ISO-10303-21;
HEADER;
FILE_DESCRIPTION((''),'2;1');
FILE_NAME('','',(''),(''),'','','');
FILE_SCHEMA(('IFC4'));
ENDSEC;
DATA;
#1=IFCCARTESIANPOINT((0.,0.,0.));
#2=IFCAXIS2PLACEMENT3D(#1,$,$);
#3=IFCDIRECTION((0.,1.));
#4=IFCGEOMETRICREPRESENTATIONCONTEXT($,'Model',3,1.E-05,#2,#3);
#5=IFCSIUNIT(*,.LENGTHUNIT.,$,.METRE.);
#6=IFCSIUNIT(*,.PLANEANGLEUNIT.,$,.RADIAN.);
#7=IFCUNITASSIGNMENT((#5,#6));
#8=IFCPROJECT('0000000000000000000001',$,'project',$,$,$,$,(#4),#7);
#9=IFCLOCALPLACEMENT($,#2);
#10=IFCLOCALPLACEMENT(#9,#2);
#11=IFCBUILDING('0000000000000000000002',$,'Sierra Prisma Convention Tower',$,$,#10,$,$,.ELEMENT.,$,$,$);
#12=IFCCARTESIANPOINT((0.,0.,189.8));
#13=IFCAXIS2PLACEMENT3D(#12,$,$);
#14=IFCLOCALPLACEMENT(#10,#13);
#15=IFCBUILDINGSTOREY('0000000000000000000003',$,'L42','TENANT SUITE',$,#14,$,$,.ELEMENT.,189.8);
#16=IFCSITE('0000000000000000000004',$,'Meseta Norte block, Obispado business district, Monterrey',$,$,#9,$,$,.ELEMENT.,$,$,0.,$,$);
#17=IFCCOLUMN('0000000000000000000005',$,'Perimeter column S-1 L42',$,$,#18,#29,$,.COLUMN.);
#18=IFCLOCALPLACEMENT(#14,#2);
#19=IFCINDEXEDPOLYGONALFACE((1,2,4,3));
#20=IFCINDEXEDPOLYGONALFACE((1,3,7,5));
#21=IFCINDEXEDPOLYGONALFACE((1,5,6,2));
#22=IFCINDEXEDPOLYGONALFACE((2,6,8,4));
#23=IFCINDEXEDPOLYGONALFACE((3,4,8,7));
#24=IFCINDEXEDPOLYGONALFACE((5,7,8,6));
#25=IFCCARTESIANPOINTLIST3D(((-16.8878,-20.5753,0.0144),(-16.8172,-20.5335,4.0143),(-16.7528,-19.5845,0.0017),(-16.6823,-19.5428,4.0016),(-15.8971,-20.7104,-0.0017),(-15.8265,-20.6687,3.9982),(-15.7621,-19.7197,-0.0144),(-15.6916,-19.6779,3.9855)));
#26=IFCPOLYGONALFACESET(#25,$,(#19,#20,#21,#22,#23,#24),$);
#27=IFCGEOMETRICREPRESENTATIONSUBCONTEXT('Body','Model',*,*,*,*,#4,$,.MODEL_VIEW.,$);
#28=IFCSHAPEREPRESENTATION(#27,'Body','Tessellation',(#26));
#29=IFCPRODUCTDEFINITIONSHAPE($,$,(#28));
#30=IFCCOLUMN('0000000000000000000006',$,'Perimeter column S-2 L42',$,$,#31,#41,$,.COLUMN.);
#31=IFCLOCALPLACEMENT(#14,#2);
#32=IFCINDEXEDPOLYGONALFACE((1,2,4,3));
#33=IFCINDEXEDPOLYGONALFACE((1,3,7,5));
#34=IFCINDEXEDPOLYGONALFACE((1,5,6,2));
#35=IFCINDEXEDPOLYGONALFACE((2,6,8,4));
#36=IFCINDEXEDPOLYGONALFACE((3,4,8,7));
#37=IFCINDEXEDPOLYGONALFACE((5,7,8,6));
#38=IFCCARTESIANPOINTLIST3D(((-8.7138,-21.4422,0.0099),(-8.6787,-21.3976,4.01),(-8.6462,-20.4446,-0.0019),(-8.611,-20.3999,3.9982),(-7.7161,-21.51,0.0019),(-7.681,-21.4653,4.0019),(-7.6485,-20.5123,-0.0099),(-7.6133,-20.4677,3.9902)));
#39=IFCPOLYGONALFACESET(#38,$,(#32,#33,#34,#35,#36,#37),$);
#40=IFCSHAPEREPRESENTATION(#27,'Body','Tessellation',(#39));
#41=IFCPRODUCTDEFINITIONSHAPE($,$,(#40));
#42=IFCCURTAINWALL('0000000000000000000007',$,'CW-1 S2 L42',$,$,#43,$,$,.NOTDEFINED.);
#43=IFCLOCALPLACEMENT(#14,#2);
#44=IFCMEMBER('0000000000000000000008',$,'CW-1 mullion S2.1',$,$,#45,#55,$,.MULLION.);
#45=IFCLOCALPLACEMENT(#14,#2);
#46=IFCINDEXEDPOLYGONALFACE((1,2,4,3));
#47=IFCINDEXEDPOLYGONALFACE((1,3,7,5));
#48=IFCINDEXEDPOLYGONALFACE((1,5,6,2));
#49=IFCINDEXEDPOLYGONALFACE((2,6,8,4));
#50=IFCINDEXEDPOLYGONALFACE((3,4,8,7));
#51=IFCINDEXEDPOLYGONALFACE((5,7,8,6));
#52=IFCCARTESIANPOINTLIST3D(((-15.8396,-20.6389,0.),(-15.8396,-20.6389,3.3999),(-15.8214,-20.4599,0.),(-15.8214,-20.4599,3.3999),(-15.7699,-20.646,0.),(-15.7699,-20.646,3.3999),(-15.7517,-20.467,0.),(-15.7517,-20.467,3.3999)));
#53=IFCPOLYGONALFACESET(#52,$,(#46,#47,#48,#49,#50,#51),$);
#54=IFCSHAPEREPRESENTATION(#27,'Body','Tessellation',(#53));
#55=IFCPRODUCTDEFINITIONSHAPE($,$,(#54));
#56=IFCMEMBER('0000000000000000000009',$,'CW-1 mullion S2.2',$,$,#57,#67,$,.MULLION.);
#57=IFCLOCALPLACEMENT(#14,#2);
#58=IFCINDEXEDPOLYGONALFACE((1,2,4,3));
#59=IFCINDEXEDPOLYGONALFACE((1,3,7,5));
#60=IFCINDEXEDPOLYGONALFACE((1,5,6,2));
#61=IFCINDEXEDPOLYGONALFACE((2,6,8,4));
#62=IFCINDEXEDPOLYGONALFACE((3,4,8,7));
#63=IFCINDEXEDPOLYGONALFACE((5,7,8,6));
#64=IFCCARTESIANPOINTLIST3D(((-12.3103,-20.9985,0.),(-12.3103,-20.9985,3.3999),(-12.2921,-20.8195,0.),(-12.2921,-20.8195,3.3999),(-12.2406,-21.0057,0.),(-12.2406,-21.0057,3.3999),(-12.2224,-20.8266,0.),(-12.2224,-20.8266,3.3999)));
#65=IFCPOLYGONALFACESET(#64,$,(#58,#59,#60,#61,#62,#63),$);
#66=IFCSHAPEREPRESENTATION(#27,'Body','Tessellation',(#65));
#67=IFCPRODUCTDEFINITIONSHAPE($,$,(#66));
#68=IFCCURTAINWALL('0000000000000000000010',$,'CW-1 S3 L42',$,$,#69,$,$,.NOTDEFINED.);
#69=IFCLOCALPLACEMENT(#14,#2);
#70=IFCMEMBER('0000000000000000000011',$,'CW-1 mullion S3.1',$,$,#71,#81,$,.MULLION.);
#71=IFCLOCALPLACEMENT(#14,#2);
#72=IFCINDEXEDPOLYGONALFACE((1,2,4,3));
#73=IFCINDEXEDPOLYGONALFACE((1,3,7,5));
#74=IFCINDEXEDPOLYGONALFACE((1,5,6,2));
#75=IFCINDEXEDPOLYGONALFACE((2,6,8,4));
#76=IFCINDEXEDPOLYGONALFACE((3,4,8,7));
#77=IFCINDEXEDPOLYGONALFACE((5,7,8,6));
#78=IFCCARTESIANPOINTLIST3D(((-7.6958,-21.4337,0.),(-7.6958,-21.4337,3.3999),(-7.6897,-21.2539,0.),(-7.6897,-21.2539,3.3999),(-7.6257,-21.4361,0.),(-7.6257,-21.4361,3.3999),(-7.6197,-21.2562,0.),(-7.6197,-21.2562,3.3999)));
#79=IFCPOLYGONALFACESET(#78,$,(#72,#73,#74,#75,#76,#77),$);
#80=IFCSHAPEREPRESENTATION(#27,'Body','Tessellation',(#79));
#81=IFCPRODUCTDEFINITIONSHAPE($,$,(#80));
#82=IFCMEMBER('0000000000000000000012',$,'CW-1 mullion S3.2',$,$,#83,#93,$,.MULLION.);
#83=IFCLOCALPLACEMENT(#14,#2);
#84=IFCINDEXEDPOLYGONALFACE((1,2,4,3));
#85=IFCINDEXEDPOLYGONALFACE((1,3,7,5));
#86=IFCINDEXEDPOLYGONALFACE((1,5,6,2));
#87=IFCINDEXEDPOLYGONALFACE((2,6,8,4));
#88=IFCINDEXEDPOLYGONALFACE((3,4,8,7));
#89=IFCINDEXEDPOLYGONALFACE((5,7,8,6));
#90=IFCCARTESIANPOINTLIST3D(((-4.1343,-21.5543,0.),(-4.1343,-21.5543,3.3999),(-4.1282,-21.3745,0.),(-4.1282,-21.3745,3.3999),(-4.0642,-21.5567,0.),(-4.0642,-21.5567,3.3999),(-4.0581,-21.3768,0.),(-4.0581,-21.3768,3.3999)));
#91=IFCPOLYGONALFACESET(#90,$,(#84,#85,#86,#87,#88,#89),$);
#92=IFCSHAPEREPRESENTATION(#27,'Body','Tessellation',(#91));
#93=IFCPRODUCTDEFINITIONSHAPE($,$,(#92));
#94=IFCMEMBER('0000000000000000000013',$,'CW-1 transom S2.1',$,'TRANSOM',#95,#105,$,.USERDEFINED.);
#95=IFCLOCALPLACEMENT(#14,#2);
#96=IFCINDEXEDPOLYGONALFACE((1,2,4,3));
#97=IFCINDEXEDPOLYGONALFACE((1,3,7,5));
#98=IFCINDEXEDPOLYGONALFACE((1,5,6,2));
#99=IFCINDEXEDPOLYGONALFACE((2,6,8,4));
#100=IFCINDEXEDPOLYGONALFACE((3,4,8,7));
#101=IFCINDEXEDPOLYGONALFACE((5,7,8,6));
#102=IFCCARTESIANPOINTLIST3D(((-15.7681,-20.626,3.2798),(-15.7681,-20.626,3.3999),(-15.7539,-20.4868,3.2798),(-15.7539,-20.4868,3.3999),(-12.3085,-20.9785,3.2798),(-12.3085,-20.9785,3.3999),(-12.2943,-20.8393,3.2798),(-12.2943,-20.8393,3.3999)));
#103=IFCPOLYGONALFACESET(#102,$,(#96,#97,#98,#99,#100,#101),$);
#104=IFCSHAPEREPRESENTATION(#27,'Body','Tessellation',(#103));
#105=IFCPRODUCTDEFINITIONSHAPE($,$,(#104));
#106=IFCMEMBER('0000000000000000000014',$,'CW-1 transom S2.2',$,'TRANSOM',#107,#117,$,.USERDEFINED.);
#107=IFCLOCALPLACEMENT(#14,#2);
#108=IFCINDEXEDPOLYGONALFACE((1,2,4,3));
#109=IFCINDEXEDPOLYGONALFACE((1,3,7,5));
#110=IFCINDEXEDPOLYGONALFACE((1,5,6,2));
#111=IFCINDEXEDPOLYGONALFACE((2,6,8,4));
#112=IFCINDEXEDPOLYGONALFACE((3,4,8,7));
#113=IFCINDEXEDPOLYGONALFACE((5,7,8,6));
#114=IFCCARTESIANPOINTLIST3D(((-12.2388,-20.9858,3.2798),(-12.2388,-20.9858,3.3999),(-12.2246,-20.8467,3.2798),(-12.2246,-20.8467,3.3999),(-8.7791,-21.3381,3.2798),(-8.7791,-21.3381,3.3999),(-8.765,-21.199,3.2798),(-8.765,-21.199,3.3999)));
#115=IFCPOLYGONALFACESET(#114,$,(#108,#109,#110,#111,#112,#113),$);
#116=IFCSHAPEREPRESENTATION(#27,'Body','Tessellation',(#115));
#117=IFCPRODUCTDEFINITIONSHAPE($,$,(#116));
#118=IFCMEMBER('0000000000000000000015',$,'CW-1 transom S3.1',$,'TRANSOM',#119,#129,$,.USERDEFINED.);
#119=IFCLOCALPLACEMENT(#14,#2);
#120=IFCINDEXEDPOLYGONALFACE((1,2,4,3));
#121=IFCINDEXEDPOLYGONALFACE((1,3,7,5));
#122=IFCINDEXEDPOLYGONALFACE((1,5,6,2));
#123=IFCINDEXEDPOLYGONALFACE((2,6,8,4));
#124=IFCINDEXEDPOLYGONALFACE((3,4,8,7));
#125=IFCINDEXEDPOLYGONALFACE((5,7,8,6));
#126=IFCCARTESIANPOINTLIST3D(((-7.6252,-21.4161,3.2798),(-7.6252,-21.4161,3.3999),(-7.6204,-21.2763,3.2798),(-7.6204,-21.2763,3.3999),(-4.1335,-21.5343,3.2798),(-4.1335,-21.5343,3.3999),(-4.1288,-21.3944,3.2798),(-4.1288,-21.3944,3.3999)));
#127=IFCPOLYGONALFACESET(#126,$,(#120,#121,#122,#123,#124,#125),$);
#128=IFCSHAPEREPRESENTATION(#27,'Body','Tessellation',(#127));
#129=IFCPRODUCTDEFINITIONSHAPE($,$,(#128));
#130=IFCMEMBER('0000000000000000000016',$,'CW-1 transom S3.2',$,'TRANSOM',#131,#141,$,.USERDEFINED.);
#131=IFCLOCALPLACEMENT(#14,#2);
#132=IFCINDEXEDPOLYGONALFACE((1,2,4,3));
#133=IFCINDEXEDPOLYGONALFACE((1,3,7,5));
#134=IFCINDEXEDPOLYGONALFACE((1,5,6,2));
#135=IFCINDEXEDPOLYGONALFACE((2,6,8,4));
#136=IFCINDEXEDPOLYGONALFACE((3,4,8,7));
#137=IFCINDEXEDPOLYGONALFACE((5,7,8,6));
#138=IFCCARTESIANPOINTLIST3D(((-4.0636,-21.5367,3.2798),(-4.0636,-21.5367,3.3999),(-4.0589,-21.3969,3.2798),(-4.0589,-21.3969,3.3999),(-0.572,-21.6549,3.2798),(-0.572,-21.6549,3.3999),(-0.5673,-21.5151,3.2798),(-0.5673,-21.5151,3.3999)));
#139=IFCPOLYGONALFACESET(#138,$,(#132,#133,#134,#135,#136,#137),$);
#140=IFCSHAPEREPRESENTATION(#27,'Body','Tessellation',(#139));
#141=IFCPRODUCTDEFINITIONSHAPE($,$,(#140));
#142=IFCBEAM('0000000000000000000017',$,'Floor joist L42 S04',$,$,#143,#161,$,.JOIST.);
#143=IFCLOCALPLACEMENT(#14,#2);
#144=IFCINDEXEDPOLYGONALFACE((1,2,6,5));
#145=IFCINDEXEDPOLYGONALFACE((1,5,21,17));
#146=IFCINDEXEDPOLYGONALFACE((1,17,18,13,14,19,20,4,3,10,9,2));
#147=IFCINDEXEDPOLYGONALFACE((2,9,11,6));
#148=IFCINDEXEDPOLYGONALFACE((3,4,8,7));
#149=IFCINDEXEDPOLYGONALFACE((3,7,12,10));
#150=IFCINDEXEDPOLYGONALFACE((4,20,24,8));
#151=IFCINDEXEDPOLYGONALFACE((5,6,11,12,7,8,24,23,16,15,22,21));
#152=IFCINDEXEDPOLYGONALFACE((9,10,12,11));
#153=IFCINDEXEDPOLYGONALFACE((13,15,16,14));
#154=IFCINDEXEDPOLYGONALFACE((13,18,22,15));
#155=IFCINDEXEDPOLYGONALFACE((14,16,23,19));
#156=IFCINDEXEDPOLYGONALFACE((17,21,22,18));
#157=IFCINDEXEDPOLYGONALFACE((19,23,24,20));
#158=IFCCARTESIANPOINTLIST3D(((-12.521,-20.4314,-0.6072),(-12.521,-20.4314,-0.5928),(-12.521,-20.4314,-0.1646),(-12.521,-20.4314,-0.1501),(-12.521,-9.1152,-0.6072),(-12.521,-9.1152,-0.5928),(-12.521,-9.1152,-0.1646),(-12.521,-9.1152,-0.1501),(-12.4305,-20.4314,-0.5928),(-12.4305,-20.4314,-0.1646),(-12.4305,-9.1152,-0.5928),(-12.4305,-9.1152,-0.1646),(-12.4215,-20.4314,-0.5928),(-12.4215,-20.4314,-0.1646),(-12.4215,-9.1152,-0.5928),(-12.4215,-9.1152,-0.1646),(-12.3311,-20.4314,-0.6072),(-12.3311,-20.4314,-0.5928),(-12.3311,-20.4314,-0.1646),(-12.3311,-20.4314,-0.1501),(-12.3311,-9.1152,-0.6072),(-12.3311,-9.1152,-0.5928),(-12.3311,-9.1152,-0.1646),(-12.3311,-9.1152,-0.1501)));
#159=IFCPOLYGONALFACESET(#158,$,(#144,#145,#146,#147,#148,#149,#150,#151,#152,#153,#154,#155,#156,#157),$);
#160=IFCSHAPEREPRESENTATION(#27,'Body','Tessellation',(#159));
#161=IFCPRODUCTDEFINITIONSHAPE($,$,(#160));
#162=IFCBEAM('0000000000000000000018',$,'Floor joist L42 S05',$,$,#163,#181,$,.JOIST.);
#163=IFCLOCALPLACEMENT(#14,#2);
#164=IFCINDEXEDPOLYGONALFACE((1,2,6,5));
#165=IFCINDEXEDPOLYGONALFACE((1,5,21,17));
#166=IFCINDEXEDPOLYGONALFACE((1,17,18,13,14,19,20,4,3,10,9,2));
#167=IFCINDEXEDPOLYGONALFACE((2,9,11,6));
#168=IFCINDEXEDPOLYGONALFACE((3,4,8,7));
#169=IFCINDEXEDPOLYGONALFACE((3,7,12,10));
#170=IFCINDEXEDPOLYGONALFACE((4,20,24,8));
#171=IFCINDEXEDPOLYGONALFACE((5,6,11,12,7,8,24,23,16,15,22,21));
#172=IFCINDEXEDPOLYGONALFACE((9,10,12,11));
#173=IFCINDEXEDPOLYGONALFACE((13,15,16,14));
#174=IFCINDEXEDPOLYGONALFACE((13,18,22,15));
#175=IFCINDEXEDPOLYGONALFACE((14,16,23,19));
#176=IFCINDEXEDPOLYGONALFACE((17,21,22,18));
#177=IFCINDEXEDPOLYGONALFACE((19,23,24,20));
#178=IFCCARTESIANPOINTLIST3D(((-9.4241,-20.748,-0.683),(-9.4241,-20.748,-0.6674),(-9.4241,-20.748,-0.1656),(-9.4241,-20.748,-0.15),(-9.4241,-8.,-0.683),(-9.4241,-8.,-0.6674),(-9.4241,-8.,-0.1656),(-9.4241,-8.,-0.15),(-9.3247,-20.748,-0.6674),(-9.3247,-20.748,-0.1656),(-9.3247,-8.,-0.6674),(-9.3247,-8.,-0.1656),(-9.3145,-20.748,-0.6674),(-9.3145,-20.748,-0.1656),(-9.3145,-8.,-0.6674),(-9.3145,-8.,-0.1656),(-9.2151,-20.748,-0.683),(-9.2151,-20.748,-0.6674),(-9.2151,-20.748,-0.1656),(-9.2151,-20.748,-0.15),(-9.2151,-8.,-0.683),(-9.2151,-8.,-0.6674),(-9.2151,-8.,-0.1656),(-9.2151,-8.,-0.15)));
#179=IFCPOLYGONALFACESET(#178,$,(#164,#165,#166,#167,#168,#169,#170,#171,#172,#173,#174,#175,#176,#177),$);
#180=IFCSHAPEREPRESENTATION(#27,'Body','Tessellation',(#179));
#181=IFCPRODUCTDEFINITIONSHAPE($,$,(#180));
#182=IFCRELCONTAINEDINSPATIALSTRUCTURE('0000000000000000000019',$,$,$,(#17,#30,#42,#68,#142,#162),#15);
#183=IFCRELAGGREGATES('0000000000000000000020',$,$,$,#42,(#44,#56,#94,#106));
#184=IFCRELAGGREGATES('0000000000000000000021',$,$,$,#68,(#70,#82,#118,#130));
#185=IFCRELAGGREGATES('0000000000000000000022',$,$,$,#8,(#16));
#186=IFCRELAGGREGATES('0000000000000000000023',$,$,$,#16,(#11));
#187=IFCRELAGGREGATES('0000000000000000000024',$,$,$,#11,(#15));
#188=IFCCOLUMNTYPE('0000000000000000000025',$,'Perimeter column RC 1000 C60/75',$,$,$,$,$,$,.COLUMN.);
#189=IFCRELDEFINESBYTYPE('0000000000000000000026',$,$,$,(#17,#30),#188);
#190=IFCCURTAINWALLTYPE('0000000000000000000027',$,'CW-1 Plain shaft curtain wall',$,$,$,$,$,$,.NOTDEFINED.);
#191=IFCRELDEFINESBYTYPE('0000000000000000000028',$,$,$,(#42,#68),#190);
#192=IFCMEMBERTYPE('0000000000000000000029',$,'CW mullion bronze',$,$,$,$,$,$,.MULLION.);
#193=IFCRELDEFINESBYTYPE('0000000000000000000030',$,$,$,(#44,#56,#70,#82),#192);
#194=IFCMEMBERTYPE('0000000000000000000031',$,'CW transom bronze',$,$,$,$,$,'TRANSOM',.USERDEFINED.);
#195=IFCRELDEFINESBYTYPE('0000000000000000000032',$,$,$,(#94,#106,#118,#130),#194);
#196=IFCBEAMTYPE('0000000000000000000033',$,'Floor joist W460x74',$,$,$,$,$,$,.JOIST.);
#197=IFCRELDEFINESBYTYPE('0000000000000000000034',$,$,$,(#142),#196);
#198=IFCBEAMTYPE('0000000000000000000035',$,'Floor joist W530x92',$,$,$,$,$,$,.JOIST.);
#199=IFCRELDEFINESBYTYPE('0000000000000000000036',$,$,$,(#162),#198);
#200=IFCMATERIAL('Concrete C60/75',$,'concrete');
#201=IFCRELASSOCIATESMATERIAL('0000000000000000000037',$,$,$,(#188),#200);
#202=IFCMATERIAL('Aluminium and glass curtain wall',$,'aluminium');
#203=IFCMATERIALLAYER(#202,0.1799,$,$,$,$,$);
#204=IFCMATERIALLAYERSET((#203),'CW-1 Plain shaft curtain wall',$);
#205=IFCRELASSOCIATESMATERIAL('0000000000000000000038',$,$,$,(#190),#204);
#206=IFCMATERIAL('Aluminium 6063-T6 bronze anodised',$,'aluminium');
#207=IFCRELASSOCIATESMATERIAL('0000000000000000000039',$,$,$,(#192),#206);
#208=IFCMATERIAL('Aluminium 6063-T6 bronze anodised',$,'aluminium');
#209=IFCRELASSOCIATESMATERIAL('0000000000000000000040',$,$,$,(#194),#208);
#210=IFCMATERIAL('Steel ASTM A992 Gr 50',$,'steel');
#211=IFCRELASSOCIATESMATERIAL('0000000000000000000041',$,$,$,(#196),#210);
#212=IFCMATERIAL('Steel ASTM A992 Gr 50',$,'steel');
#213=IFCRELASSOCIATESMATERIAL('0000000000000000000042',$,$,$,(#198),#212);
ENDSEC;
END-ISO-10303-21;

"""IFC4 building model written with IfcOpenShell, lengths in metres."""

from ifc_helpers import new_model, si_unit, direction, frame, origin, origin_2d, place, context, subcontext, project, spatial, rectangle, i_section, extrude, material, layer, layer_set, material_profile, profile_set, type_object, element, aggregate, save


model = new_model("IFC4")

# Units and contexts
model_context = context("Model", 3, precision=1e-05, world=origin(), true_north=direction((0.0, 1.0)))
body_context = subcontext(model_context, "Body", "Model", "MODEL_VIEW")
ifc_project = project(units=[si_unit("LENGTHUNIT", "METRE"), si_unit("PLANEANGLEUNIT", "RADIAN")], contexts=[model_context])

# Site, building, storey
site_placement = place(None, origin())
site = spatial("IfcSite", under=ifc_project, at=site_placement, Name="Meseta Norte block, Obispado business district, Monterrey", CompositionType="ELEMENT", RefElevation=0.0)
building_placement = place(site_placement, origin())
building = spatial("IfcBuilding", under=site, at=building_placement, Name="Sierra Prisma Convention Tower", CompositionType="ELEMENT")
storey_placement = place(building_placement, frame((0.0, 0.0, 189.8)))
storey = spatial("IfcBuildingStorey", under=building, at=storey_placement, Name="L42", Description="TENANT SUITE", CompositionType="ELEMENT", Elevation=189.8)

# Columns
ifc_material_1 = material(Name="Concrete C60/75", Category="concrete")
ifc_material_profile_1 = material_profile(ifc_material_1, rectangle(XDim=1.0, YDim=1.0, at=origin_2d()), Name="Perimeter column RC 1000 C60/75")
ifc_profile_set_1 = profile_set([ifc_material_profile_1], Name="Concrete C60/75")
column_type = type_object("IfcColumnType", Name="Perimeter column RC 1000 C60/75", PredefinedType="COLUMN", material=ifc_profile_set_1)
column_1_placement = place(storey_placement, frame((-16.325, -20.1475, 0.0), z_axis=(0.017635, 0.010435, 0.99979), x_axis=(-0.990694, 0.135157, 0.016064)))
element("IfcColumn", 1, at=column_1_placement, inside=storey, type_object=column_type, Name="Perimeter column S-1 L42", PredefinedType="COLUMN", context=body_context, shape_type="SweptSolid", body=[
    extrude(rectangle(XDim=1.0, YDim=1.0, at=origin_2d()), origin(), (0.0, 0.0, 1.0), 4.0007),
])
column_2_placement = place(storey_placement, frame((-8.1812, -20.9773, 0.0), z_axis=(0.008788, 0.011168, 0.999899), x_axis=(-0.997671, 0.06774, 0.008012)))
element("IfcColumn", 2, at=column_2_placement, inside=storey, type_object=column_type, Name="Perimeter column S-2 L42", PredefinedType="COLUMN", context=body_context, shape_type="SweptSolid", body=[
    extrude(rectangle(XDim=1.0, YDim=1.0, at=origin_2d()), origin(), (0.0, 0.0, 1.0), 4.0005),
])

# Curtain walls, members
ifc_material_2 = material(Name="Aluminium and glass curtain wall", Category="aluminium")
ifc_layer_1 = layer(ifc_material_2, 0.1799)
ifc_layer_set_1 = layer_set([ifc_layer_1], Name="CW-1 Plain shaft curtain wall")
curtain_wall_type = type_object("IfcCurtainWallType", Name="CW-1 Plain shaft curtain wall", PredefinedType="NOTDEFINED", material=ifc_layer_set_1)
curtain_wall_1_placement = place(storey_placement, origin())
curtain_wall_1 = element("IfcCurtainWall", 3, at=curtain_wall_1_placement, inside=storey, type_object=curtain_wall_type, Name="CW-1 S2 L42", PredefinedType="NOTDEFINED")
ifc_material_3 = material(Name="Aluminium 6063-T6 bronze anodised", Category="aluminium")
ifc_material_profile_2 = material_profile(ifc_material_3, rectangle(XDim=0.1799, YDim=0.0701, at=origin_2d()), Name="ALU MULLION 70x180")
ifc_profile_set_2 = profile_set([ifc_material_profile_2], Name="Aluminium 6063-T6 bronze anodised")
member_type_1 = type_object("IfcMemberType", Name="CW mullion bronze", PredefinedType="MULLION", material=ifc_profile_set_2)
member_1_placement = place(storey_placement, frame((-15.7957, -20.553, 0.0), z_axis=(0.0, 0.0, 1.0), x_axis=(0.101372, 0.994849, 0.0)))
member_1 = element("IfcMember", 4, at=member_1_placement, type_object=member_type_1, Name="CW-1 mullion S2.1", PredefinedType="MULLION", context=body_context, shape_type="SweptSolid", body=[
    extrude(rectangle(XDim=0.1799, YDim=0.0701, at=origin_2d()), origin(), (0.0, 0.0, 1.0), 3.3999),
])
member_2_placement = place(storey_placement, frame((-12.2664, -20.9126, 0.0), z_axis=(0.0, 0.0, 1.0), x_axis=(0.101372, 0.994849, 0.0)))
member_2 = element("IfcMember", 5, at=member_2_placement, type_object=member_type_1, Name="CW-1 mullion S2.2", PredefinedType="MULLION", context=body_context, shape_type="SweptSolid", body=[
    extrude(rectangle(XDim=0.1799, YDim=0.0701, at=origin_2d()), origin(), (0.0, 0.0, 1.0), 3.3999),
])
curtain_wall_2_placement = place(storey_placement, origin())
curtain_wall_2 = element("IfcCurtainWall", 6, at=curtain_wall_2_placement, inside=storey, type_object=curtain_wall_type, Name="CW-1 S3 L42", PredefinedType="NOTDEFINED")
member_3_placement = place(storey_placement, frame((-7.6577, -21.345, 0.0), z_axis=(0.0, 0.0, 1.0), x_axis=(0.033843, 0.999427, 0.0)))
member_3 = element("IfcMember", 7, at=member_3_placement, type_object=member_type_1, Name="CW-1 mullion S3.1", PredefinedType="MULLION", context=body_context, shape_type="SweptSolid", body=[
    extrude(rectangle(XDim=0.1799, YDim=0.0701, at=origin_2d()), origin(), (0.0, 0.0, 1.0), 3.3999),
])
member_4_placement = place(storey_placement, frame((-4.0962, -21.4656, 0.0), z_axis=(0.0, 0.0, 1.0), x_axis=(0.033843, 0.999427, 0.0)))
member_4 = element("IfcMember", 8, at=member_4_placement, type_object=member_type_1, Name="CW-1 mullion S3.2", PredefinedType="MULLION", context=body_context, shape_type="SweptSolid", body=[
    extrude(rectangle(XDim=0.1799, YDim=0.0701, at=origin_2d()), origin(), (0.0, 0.0, 1.0), 3.3999),
])

# Members
ifc_material_4 = material(Name="Aluminium 6063-T6 bronze anodised", Category="aluminium")
ifc_material_profile_3 = material_profile(ifc_material_4, rectangle(XDim=0.1399, YDim=0.1201, at=origin_2d()), Name="ALU TRANSOM 120x140")
ifc_profile_set_3 = profile_set([ifc_material_profile_3], Name="Aluminium 6063-T6 bronze anodised")
member_type_2 = type_object("IfcMemberType", Name="CW transom bronze", ElementType="TRANSOM", PredefinedType="USERDEFINED", material=ifc_profile_set_3)
member_5_placement = place(storey_placement, frame((-15.761, -20.5564, 3.3398), z_axis=(0.994848, -0.101373, 0.0), x_axis=(0.101373, 0.994848, 0.0)))
member_5 = element("IfcMember", 9, at=member_5_placement, type_object=member_type_2, Name="CW-1 transom S2.1", ObjectType="TRANSOM", PredefinedType="USERDEFINED", context=body_context, shape_type="SweptSolid", body=[
    extrude(rectangle(XDim=0.1399, YDim=0.1201, at=origin_2d()), origin(), (0.0, 0.0, 1.0), 3.4775),
])
member_6_placement = place(storey_placement, frame((-12.2317, -20.9163, 3.3398), z_axis=(0.994856, -0.101304, 0.0), x_axis=(0.101304, 0.994856, 0.0)))
member_6 = element("IfcMember", 10, at=member_6_placement, type_object=member_type_2, Name="CW-1 transom S2.2", ObjectType="TRANSOM", PredefinedType="USERDEFINED", context=body_context, shape_type="SweptSolid", body=[
    extrude(rectangle(XDim=0.1399, YDim=0.1201, at=origin_2d()), origin(), (0.0, 0.0, 1.0), 3.4775),
])
member_7_placement = place(storey_placement, frame((-7.6228, -21.3462, 3.3398), z_axis=(0.999428, -0.033822, 0.0), x_axis=(0.033822, 0.999428, 0.0)))
member_7 = element("IfcMember", 11, at=member_7_placement, type_object=member_type_2, Name="CW-1 transom S3.1", ObjectType="TRANSOM", PredefinedType="USERDEFINED", context=body_context, shape_type="SweptSolid", body=[
    extrude(rectangle(XDim=0.1399, YDim=0.1201, at=origin_2d()), origin(), (0.0, 0.0, 1.0), 3.4937),
])
member_8_placement = place(storey_placement, frame((-4.0613, -21.4668, 3.3398), z_axis=(0.999428, -0.033822, 0.0), x_axis=(0.033822, 0.999428, 0.0)))
member_8 = element("IfcMember", 12, at=member_8_placement, type_object=member_type_2, Name="CW-1 transom S3.2", ObjectType="TRANSOM", PredefinedType="USERDEFINED", context=body_context, shape_type="SweptSolid", body=[
    extrude(rectangle(XDim=0.1399, YDim=0.1201, at=origin_2d()), origin(), (0.0, 0.0, 1.0), 3.4937),
])

# Beams
ifc_material_5 = material(Name="Steel ASTM A992 Gr 50", Category="steel")
ifc_material_profile_4 = material_profile(ifc_material_5, i_section(OverallWidth=0.1899, OverallDepth=0.457, WebThickness=0.009, FlangeThickness=0.0144, at=origin_2d()), Name="W460x74")
ifc_profile_set_4 = profile_set([ifc_material_profile_4], Name="Steel ASTM A992 Gr 50")
beam_type_1 = type_object("IfcBeamType", Name="Floor joist W460x74", PredefinedType="JOIST", material=ifc_profile_set_4)
beam_1_placement = place(storey_placement, frame((-12.426, -20.4314, -0.3787), z_axis=(0.0, 1.0, 0.0), x_axis=(-1.0, 0.0, 0.0)))
element("IfcBeam", 13, at=beam_1_placement, inside=storey, type_object=beam_type_1, Name="Floor joist L42 S04", PredefinedType="JOIST", context=body_context, shape_type="SweptSolid", body=[
    extrude(i_section(OverallWidth=0.1899, OverallDepth=0.457, WebThickness=0.009, FlangeThickness=0.0144, at=origin_2d()), origin(), (0.0, 0.0, 1.0), 11.3162),
])
ifc_material_6 = material(Name="Steel ASTM A992 Gr 50", Category="steel")
ifc_material_profile_5 = material_profile(ifc_material_6, i_section(OverallWidth=0.209, OverallDepth=0.533, WebThickness=0.0103, FlangeThickness=0.0156, at=origin_2d()), Name="W530x92")
ifc_profile_set_5 = profile_set([ifc_material_profile_5], Name="Steel ASTM A992 Gr 50")
beam_type_2 = type_object("IfcBeamType", Name="Floor joist W530x92", PredefinedType="JOIST", material=ifc_profile_set_5)
beam_2_placement = place(storey_placement, frame((-9.3196, -20.748, -0.4165), z_axis=(0.0, 1.0, 0.0), x_axis=(-1.0, 0.0, 0.0)))
element("IfcBeam", 14, at=beam_2_placement, inside=storey, type_object=beam_type_2, Name="Floor joist L42 S05", PredefinedType="JOIST", context=body_context, shape_type="SweptSolid", body=[
    extrude(i_section(OverallWidth=0.209, OverallDepth=0.533, WebThickness=0.0103, FlangeThickness=0.0156, at=origin_2d()), origin(), (0.0, 0.0, 1.0), 12.748),
])

aggregate(curtain_wall_1, [member_1, member_2, member_5, member_6])
aggregate(curtain_wall_2, [member_3, member_4, member_7, member_8])

save(model, "model.ifc")
